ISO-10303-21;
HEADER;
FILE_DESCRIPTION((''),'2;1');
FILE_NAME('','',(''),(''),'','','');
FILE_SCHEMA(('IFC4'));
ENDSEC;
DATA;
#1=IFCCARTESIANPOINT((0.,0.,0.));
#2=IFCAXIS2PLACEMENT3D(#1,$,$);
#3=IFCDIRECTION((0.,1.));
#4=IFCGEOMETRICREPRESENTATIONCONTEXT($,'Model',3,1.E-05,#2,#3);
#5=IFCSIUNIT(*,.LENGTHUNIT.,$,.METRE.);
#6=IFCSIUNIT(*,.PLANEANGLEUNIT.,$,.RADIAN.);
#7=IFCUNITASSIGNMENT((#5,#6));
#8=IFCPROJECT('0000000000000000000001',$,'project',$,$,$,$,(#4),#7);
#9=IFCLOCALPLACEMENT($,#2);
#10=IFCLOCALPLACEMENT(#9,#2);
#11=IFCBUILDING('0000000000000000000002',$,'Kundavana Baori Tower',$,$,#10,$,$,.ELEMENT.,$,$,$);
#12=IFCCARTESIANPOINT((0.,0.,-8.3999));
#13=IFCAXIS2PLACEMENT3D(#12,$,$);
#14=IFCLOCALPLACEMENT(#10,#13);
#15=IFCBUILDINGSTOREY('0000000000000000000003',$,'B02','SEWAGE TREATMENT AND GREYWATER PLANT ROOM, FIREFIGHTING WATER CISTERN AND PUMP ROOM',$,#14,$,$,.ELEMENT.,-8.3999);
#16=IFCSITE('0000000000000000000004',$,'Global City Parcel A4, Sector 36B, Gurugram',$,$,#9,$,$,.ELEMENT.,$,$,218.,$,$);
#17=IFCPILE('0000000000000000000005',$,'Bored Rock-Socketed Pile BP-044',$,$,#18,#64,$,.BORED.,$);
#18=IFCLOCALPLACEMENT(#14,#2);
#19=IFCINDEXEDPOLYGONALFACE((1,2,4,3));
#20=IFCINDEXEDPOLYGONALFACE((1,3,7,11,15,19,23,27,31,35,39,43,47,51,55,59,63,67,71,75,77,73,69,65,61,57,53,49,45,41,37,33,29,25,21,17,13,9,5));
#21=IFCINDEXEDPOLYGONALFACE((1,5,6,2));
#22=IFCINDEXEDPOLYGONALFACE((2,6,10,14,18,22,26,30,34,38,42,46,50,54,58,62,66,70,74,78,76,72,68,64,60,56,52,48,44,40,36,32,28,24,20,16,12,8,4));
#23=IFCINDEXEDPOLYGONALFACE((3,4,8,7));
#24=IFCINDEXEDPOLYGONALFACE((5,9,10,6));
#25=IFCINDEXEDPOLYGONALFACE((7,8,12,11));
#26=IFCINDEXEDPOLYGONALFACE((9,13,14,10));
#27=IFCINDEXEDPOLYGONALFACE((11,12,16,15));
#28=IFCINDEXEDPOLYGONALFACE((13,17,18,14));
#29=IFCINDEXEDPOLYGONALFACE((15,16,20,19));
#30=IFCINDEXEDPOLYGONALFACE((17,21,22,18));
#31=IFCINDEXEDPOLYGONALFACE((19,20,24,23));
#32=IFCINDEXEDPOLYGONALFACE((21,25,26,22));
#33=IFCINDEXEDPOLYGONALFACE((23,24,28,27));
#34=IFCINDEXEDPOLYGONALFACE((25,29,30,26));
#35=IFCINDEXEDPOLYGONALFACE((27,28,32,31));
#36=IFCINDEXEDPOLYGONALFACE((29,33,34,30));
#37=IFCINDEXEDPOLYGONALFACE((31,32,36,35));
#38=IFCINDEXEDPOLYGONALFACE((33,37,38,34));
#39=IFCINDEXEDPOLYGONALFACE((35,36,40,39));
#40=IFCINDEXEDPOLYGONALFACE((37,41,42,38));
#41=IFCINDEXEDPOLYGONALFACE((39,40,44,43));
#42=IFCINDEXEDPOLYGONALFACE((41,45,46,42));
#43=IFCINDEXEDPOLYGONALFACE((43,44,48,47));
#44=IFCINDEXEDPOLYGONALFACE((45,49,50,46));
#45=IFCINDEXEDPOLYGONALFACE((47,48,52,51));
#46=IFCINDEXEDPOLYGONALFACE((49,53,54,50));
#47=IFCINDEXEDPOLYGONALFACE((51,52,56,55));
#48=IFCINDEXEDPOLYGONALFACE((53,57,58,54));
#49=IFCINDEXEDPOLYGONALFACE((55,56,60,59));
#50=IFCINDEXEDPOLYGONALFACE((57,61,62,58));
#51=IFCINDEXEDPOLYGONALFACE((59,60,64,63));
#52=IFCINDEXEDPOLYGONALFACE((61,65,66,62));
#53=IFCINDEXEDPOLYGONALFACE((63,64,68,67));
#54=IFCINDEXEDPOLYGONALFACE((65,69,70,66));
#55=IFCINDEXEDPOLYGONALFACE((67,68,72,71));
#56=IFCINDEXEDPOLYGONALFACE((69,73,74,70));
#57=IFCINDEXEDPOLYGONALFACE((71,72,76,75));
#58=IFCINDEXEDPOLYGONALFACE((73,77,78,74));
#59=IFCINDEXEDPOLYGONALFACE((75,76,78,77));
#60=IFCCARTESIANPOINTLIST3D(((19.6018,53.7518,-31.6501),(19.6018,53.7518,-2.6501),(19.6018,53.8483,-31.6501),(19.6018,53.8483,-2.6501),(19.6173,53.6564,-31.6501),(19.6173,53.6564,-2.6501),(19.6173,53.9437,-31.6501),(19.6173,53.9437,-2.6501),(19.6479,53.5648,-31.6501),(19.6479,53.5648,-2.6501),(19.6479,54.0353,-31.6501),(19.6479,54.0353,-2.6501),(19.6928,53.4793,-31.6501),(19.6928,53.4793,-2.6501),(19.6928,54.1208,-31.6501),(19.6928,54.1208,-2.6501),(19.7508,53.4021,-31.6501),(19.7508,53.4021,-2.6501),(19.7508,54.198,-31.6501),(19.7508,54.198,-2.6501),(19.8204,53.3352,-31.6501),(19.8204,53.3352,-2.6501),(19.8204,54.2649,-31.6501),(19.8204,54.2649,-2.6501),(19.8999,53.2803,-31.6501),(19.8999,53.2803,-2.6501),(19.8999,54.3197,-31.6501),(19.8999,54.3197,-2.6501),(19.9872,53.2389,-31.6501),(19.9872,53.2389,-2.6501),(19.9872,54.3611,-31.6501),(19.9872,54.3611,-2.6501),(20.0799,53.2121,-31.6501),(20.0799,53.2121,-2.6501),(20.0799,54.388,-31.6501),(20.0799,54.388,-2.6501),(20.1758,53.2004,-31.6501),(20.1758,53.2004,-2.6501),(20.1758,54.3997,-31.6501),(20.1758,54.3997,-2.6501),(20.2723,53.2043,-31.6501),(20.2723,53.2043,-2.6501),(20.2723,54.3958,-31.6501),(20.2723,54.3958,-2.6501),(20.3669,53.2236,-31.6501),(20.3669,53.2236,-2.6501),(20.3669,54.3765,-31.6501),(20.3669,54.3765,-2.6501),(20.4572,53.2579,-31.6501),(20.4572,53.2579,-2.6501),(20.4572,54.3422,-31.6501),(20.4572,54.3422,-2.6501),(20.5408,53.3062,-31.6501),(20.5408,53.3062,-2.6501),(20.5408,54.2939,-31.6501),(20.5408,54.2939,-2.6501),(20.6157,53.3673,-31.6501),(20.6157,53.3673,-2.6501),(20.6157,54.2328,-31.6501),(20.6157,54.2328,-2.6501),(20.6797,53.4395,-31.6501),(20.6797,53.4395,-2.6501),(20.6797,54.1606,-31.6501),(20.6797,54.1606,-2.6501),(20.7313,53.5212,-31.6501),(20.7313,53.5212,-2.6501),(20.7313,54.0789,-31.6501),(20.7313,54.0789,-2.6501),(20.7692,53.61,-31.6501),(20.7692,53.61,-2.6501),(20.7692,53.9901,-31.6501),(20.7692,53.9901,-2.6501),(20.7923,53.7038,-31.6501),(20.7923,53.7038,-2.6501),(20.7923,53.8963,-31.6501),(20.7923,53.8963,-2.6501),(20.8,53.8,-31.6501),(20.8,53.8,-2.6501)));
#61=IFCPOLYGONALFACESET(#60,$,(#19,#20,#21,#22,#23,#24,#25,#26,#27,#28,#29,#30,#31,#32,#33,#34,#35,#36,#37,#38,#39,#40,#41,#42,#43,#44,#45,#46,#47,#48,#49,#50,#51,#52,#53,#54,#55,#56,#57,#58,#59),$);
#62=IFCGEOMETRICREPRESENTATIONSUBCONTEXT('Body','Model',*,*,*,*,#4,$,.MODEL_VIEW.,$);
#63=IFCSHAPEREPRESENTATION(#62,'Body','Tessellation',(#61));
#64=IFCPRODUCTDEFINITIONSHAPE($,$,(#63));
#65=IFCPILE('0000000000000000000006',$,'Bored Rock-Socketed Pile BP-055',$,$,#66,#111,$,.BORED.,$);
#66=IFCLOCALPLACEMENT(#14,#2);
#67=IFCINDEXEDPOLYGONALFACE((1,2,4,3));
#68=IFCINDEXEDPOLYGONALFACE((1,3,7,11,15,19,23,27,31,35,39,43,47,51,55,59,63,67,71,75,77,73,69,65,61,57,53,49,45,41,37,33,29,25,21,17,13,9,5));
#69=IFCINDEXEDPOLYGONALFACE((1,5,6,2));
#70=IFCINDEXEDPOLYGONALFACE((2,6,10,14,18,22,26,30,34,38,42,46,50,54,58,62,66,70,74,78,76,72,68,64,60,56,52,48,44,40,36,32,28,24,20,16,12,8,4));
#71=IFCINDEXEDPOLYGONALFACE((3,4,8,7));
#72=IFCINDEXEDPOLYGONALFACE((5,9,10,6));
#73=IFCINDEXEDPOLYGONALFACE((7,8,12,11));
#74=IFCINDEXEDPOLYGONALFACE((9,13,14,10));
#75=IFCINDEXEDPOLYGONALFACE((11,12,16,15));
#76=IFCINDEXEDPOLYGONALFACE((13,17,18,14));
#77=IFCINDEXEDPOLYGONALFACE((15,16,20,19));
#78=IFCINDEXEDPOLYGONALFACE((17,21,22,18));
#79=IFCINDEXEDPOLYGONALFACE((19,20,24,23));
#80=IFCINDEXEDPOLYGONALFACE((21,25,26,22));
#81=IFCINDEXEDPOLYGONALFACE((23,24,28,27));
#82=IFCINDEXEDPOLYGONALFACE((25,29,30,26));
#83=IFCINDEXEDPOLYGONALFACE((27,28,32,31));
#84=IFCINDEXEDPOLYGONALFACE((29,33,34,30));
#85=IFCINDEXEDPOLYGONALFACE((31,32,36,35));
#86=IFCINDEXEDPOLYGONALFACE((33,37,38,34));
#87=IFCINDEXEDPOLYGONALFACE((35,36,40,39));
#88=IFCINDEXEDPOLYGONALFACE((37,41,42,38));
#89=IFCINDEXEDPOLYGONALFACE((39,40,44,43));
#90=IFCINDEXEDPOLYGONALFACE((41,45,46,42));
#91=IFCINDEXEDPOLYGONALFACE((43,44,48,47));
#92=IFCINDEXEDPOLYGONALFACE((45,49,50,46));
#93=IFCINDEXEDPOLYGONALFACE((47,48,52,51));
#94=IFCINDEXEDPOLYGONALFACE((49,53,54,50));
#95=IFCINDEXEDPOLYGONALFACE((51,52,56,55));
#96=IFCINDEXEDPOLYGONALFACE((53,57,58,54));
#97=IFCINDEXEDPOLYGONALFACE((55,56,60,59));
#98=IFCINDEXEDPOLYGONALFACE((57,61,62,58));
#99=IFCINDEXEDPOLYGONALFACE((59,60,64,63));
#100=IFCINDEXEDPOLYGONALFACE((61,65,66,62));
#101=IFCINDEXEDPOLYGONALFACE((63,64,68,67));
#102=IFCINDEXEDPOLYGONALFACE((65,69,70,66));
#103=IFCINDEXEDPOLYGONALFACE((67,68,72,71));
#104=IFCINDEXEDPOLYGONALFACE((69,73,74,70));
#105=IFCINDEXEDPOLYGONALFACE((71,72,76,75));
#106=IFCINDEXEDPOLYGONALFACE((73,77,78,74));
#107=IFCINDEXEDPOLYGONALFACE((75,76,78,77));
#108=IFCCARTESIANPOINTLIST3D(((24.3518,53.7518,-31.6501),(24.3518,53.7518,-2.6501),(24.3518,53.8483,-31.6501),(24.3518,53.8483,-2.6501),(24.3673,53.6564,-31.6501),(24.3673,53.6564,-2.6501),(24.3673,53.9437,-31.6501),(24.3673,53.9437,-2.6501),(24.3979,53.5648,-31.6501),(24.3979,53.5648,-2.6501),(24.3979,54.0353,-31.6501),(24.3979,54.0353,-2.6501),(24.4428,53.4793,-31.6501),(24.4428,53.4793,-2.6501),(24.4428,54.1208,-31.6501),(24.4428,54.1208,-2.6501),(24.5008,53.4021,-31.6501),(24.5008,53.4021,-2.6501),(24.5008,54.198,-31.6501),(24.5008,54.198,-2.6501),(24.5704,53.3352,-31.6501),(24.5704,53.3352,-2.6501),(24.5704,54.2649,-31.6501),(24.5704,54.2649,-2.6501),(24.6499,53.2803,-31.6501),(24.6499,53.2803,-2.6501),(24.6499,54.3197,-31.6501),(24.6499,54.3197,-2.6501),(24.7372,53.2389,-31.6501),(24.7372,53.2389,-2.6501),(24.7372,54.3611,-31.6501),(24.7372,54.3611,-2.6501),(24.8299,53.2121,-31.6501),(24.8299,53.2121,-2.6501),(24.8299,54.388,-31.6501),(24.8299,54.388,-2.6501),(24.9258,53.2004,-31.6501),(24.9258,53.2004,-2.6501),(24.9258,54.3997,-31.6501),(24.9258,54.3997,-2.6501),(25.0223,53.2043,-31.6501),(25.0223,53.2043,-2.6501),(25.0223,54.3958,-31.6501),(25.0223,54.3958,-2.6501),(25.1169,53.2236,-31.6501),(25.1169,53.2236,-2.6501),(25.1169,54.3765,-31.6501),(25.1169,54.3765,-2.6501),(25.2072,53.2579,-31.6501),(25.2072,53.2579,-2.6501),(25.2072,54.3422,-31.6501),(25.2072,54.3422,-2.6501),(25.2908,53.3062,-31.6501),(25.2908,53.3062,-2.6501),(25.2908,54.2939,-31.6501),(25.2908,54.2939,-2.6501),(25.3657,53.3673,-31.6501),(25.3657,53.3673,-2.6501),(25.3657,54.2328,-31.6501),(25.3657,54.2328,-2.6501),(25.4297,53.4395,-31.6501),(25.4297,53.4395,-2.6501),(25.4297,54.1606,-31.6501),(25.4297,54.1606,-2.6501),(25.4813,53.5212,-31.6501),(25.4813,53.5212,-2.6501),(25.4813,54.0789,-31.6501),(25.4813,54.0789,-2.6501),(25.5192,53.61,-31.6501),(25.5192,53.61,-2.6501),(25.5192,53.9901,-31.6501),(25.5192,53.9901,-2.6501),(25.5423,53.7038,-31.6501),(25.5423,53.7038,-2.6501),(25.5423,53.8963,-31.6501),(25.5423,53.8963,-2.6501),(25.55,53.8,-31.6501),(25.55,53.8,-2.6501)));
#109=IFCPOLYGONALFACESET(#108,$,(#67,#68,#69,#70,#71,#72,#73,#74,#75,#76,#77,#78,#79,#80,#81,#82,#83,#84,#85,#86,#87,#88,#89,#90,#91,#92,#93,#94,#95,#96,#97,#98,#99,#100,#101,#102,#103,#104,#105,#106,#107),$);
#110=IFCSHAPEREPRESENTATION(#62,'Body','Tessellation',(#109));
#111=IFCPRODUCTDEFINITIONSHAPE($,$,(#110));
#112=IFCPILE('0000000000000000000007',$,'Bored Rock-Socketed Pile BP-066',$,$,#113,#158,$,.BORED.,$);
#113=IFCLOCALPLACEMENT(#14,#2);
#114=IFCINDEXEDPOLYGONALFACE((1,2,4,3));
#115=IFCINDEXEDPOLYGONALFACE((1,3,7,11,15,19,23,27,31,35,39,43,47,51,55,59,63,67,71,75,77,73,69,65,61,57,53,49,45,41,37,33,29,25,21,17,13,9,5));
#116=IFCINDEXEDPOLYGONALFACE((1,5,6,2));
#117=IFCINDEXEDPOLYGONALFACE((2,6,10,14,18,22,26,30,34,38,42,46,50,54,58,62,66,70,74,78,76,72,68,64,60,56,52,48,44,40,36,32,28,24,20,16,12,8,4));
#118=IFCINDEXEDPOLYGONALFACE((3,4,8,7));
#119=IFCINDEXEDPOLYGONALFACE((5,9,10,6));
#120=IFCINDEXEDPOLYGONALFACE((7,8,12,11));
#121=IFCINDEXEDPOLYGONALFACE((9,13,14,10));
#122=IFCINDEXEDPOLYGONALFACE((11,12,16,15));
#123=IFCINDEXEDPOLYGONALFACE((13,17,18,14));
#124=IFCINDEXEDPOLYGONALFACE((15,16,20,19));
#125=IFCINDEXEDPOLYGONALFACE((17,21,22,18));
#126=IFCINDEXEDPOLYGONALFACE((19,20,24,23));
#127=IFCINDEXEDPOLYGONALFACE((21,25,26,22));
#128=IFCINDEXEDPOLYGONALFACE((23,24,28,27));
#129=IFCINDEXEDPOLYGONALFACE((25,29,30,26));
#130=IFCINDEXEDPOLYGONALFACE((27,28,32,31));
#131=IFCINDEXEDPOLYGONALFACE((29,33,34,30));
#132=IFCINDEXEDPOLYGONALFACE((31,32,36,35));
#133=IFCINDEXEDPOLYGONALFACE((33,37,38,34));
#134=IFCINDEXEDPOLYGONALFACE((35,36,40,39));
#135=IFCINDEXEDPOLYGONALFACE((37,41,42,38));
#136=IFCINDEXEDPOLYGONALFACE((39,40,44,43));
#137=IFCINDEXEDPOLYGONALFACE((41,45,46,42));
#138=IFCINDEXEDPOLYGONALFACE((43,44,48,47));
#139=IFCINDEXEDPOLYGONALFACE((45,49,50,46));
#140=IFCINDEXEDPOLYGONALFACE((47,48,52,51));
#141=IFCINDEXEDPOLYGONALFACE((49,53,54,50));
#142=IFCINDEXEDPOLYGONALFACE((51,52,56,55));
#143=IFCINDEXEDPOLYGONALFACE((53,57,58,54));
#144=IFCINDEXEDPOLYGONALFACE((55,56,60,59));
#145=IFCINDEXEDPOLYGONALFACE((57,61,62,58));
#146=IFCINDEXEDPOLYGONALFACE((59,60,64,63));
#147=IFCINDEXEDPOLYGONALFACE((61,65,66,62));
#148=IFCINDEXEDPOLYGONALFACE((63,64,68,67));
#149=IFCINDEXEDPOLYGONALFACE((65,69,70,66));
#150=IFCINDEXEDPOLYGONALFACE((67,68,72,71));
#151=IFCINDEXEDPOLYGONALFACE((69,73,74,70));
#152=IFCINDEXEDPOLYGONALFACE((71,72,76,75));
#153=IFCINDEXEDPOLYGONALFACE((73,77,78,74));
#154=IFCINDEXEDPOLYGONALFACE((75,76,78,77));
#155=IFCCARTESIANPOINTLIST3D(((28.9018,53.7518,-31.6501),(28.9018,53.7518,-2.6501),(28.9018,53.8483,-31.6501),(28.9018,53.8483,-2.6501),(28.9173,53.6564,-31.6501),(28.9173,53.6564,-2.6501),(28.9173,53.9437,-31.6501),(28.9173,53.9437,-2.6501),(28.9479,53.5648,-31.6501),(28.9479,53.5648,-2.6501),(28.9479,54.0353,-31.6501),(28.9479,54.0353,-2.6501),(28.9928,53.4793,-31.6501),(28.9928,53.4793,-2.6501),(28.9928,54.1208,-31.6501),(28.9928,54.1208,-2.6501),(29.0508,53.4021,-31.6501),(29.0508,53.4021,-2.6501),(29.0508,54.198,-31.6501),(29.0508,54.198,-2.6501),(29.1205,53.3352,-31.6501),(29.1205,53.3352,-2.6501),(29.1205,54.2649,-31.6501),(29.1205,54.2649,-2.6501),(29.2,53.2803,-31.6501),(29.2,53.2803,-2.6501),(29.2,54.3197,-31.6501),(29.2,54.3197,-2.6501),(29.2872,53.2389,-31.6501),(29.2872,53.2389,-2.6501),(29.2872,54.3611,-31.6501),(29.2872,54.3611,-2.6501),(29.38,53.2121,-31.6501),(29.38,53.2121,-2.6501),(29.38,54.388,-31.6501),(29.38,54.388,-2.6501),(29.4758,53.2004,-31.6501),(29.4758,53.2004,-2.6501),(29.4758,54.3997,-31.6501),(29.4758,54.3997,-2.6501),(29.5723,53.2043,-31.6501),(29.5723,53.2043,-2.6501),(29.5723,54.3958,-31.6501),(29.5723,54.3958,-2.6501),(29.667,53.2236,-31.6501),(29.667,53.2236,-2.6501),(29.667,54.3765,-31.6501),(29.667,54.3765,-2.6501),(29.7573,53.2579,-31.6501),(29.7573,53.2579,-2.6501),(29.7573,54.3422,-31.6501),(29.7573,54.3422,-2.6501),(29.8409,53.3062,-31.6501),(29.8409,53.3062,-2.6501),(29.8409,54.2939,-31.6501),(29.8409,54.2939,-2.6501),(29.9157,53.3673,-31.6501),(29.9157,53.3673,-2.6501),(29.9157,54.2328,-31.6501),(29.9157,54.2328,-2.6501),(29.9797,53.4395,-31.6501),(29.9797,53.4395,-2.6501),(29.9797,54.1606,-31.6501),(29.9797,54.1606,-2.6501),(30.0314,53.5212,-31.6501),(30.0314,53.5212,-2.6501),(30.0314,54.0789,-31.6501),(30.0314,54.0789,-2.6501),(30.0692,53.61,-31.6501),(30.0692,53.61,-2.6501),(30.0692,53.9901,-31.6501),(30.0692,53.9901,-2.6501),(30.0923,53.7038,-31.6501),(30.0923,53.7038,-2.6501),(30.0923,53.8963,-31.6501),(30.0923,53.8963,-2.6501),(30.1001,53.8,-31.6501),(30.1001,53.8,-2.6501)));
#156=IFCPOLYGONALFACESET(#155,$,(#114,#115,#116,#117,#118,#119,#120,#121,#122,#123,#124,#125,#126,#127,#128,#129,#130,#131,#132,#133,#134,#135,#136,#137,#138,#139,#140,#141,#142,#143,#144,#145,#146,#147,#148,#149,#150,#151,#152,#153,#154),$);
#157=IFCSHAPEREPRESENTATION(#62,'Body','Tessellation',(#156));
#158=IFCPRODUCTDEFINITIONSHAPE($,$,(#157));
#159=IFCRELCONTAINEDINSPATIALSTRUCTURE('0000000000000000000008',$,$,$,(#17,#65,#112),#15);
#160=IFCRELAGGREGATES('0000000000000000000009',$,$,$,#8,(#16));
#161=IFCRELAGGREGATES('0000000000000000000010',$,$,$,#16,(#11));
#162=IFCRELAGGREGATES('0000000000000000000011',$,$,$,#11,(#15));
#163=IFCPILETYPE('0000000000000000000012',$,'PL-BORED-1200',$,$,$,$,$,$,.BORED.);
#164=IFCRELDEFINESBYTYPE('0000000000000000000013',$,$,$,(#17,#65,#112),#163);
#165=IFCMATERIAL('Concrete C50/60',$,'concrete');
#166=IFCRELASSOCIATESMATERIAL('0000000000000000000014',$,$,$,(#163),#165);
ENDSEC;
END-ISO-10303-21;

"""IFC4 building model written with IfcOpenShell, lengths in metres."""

from ifc_helpers import new_model, si_unit, direction, frame, origin, origin_2d, place, context, subcontext, project, spatial, circle, extrude, material, material_profile, profile_set, type_object, element, save


model = new_model("IFC4")

# Units and contexts
model_context = context("Model", 3, precision=1e-05, world=origin(), true_north=direction((0.0, 1.0)))
body_context = subcontext(model_context, "Body", "Model", "MODEL_VIEW")
ifc_project = project(units=[si_unit("LENGTHUNIT", "METRE"), si_unit("PLANEANGLEUNIT", "RADIAN")], contexts=[model_context])

# Site, building, storey
site_placement = place(None, origin())
site = spatial("IfcSite", under=ifc_project, at=site_placement, Name="Global City Parcel A4, Sector 36B, Gurugram", CompositionType="ELEMENT", RefElevation=218.0)
building_placement = place(site_placement, origin())
building = spatial("IfcBuilding", under=site, at=building_placement, Name="Kundavana Baori Tower", CompositionType="ELEMENT")
storey_placement = place(building_placement, frame((0.0, 0.0, -8.3999)))
storey = spatial("IfcBuildingStorey", under=building, at=storey_placement, Name="B02", Description="SEWAGE TREATMENT AND GREYWATER PLANT ROOM, FIREFIGHTING WATER CISTERN AND PUMP ROOM", CompositionType="ELEMENT", Elevation=-8.3999)

# Piles
ifc_material_1 = material(Name="Concrete C50/60", Category="concrete")
ifc_material_profile_1 = material_profile(ifc_material_1, circle(Radius=0.6001, at=origin_2d()), Name="BORED PILE D1200")
ifc_profile_set_1 = profile_set([ifc_material_profile_1], Name="Concrete C50/60")
pile_type_1 = type_object("IfcPileType", Name="PL-BORED-1200", PredefinedType="BORED", material=ifc_profile_set_1)
for number, where, z_axis, x_axis, name in (
    (1, (20.2, 53.8, -2.6501), (0.0, 0.0, -1.0), (1.0, 0.0, 0.0), "Bored Rock-Socketed Pile BP-044"),
    (2, (24.95, 53.8, -2.6501), (0.0, 0.0, -1.0), (1.0, 0.0, 0.0), "Bored Rock-Socketed Pile BP-055"),
    (3, (29.5, 53.8, -2.6501), (0.0, 0.0, -1.0), (1.0, 0.0, 0.0), "Bored Rock-Socketed Pile BP-066"),
):
    element("IfcPile", number, at=place(storey_placement, frame(where, z_axis=z_axis, x_axis=x_axis)), inside=storey, type_object=pile_type_1, Name=name, PredefinedType="BORED", context=body_context, shape_type="SweptSolid", body=[
        extrude(circle(Radius=0.6001, at=origin_2d()), origin(), (0.0, 0.0, 1.0), 29.0),
    ])

save(model, "model.ifc")
